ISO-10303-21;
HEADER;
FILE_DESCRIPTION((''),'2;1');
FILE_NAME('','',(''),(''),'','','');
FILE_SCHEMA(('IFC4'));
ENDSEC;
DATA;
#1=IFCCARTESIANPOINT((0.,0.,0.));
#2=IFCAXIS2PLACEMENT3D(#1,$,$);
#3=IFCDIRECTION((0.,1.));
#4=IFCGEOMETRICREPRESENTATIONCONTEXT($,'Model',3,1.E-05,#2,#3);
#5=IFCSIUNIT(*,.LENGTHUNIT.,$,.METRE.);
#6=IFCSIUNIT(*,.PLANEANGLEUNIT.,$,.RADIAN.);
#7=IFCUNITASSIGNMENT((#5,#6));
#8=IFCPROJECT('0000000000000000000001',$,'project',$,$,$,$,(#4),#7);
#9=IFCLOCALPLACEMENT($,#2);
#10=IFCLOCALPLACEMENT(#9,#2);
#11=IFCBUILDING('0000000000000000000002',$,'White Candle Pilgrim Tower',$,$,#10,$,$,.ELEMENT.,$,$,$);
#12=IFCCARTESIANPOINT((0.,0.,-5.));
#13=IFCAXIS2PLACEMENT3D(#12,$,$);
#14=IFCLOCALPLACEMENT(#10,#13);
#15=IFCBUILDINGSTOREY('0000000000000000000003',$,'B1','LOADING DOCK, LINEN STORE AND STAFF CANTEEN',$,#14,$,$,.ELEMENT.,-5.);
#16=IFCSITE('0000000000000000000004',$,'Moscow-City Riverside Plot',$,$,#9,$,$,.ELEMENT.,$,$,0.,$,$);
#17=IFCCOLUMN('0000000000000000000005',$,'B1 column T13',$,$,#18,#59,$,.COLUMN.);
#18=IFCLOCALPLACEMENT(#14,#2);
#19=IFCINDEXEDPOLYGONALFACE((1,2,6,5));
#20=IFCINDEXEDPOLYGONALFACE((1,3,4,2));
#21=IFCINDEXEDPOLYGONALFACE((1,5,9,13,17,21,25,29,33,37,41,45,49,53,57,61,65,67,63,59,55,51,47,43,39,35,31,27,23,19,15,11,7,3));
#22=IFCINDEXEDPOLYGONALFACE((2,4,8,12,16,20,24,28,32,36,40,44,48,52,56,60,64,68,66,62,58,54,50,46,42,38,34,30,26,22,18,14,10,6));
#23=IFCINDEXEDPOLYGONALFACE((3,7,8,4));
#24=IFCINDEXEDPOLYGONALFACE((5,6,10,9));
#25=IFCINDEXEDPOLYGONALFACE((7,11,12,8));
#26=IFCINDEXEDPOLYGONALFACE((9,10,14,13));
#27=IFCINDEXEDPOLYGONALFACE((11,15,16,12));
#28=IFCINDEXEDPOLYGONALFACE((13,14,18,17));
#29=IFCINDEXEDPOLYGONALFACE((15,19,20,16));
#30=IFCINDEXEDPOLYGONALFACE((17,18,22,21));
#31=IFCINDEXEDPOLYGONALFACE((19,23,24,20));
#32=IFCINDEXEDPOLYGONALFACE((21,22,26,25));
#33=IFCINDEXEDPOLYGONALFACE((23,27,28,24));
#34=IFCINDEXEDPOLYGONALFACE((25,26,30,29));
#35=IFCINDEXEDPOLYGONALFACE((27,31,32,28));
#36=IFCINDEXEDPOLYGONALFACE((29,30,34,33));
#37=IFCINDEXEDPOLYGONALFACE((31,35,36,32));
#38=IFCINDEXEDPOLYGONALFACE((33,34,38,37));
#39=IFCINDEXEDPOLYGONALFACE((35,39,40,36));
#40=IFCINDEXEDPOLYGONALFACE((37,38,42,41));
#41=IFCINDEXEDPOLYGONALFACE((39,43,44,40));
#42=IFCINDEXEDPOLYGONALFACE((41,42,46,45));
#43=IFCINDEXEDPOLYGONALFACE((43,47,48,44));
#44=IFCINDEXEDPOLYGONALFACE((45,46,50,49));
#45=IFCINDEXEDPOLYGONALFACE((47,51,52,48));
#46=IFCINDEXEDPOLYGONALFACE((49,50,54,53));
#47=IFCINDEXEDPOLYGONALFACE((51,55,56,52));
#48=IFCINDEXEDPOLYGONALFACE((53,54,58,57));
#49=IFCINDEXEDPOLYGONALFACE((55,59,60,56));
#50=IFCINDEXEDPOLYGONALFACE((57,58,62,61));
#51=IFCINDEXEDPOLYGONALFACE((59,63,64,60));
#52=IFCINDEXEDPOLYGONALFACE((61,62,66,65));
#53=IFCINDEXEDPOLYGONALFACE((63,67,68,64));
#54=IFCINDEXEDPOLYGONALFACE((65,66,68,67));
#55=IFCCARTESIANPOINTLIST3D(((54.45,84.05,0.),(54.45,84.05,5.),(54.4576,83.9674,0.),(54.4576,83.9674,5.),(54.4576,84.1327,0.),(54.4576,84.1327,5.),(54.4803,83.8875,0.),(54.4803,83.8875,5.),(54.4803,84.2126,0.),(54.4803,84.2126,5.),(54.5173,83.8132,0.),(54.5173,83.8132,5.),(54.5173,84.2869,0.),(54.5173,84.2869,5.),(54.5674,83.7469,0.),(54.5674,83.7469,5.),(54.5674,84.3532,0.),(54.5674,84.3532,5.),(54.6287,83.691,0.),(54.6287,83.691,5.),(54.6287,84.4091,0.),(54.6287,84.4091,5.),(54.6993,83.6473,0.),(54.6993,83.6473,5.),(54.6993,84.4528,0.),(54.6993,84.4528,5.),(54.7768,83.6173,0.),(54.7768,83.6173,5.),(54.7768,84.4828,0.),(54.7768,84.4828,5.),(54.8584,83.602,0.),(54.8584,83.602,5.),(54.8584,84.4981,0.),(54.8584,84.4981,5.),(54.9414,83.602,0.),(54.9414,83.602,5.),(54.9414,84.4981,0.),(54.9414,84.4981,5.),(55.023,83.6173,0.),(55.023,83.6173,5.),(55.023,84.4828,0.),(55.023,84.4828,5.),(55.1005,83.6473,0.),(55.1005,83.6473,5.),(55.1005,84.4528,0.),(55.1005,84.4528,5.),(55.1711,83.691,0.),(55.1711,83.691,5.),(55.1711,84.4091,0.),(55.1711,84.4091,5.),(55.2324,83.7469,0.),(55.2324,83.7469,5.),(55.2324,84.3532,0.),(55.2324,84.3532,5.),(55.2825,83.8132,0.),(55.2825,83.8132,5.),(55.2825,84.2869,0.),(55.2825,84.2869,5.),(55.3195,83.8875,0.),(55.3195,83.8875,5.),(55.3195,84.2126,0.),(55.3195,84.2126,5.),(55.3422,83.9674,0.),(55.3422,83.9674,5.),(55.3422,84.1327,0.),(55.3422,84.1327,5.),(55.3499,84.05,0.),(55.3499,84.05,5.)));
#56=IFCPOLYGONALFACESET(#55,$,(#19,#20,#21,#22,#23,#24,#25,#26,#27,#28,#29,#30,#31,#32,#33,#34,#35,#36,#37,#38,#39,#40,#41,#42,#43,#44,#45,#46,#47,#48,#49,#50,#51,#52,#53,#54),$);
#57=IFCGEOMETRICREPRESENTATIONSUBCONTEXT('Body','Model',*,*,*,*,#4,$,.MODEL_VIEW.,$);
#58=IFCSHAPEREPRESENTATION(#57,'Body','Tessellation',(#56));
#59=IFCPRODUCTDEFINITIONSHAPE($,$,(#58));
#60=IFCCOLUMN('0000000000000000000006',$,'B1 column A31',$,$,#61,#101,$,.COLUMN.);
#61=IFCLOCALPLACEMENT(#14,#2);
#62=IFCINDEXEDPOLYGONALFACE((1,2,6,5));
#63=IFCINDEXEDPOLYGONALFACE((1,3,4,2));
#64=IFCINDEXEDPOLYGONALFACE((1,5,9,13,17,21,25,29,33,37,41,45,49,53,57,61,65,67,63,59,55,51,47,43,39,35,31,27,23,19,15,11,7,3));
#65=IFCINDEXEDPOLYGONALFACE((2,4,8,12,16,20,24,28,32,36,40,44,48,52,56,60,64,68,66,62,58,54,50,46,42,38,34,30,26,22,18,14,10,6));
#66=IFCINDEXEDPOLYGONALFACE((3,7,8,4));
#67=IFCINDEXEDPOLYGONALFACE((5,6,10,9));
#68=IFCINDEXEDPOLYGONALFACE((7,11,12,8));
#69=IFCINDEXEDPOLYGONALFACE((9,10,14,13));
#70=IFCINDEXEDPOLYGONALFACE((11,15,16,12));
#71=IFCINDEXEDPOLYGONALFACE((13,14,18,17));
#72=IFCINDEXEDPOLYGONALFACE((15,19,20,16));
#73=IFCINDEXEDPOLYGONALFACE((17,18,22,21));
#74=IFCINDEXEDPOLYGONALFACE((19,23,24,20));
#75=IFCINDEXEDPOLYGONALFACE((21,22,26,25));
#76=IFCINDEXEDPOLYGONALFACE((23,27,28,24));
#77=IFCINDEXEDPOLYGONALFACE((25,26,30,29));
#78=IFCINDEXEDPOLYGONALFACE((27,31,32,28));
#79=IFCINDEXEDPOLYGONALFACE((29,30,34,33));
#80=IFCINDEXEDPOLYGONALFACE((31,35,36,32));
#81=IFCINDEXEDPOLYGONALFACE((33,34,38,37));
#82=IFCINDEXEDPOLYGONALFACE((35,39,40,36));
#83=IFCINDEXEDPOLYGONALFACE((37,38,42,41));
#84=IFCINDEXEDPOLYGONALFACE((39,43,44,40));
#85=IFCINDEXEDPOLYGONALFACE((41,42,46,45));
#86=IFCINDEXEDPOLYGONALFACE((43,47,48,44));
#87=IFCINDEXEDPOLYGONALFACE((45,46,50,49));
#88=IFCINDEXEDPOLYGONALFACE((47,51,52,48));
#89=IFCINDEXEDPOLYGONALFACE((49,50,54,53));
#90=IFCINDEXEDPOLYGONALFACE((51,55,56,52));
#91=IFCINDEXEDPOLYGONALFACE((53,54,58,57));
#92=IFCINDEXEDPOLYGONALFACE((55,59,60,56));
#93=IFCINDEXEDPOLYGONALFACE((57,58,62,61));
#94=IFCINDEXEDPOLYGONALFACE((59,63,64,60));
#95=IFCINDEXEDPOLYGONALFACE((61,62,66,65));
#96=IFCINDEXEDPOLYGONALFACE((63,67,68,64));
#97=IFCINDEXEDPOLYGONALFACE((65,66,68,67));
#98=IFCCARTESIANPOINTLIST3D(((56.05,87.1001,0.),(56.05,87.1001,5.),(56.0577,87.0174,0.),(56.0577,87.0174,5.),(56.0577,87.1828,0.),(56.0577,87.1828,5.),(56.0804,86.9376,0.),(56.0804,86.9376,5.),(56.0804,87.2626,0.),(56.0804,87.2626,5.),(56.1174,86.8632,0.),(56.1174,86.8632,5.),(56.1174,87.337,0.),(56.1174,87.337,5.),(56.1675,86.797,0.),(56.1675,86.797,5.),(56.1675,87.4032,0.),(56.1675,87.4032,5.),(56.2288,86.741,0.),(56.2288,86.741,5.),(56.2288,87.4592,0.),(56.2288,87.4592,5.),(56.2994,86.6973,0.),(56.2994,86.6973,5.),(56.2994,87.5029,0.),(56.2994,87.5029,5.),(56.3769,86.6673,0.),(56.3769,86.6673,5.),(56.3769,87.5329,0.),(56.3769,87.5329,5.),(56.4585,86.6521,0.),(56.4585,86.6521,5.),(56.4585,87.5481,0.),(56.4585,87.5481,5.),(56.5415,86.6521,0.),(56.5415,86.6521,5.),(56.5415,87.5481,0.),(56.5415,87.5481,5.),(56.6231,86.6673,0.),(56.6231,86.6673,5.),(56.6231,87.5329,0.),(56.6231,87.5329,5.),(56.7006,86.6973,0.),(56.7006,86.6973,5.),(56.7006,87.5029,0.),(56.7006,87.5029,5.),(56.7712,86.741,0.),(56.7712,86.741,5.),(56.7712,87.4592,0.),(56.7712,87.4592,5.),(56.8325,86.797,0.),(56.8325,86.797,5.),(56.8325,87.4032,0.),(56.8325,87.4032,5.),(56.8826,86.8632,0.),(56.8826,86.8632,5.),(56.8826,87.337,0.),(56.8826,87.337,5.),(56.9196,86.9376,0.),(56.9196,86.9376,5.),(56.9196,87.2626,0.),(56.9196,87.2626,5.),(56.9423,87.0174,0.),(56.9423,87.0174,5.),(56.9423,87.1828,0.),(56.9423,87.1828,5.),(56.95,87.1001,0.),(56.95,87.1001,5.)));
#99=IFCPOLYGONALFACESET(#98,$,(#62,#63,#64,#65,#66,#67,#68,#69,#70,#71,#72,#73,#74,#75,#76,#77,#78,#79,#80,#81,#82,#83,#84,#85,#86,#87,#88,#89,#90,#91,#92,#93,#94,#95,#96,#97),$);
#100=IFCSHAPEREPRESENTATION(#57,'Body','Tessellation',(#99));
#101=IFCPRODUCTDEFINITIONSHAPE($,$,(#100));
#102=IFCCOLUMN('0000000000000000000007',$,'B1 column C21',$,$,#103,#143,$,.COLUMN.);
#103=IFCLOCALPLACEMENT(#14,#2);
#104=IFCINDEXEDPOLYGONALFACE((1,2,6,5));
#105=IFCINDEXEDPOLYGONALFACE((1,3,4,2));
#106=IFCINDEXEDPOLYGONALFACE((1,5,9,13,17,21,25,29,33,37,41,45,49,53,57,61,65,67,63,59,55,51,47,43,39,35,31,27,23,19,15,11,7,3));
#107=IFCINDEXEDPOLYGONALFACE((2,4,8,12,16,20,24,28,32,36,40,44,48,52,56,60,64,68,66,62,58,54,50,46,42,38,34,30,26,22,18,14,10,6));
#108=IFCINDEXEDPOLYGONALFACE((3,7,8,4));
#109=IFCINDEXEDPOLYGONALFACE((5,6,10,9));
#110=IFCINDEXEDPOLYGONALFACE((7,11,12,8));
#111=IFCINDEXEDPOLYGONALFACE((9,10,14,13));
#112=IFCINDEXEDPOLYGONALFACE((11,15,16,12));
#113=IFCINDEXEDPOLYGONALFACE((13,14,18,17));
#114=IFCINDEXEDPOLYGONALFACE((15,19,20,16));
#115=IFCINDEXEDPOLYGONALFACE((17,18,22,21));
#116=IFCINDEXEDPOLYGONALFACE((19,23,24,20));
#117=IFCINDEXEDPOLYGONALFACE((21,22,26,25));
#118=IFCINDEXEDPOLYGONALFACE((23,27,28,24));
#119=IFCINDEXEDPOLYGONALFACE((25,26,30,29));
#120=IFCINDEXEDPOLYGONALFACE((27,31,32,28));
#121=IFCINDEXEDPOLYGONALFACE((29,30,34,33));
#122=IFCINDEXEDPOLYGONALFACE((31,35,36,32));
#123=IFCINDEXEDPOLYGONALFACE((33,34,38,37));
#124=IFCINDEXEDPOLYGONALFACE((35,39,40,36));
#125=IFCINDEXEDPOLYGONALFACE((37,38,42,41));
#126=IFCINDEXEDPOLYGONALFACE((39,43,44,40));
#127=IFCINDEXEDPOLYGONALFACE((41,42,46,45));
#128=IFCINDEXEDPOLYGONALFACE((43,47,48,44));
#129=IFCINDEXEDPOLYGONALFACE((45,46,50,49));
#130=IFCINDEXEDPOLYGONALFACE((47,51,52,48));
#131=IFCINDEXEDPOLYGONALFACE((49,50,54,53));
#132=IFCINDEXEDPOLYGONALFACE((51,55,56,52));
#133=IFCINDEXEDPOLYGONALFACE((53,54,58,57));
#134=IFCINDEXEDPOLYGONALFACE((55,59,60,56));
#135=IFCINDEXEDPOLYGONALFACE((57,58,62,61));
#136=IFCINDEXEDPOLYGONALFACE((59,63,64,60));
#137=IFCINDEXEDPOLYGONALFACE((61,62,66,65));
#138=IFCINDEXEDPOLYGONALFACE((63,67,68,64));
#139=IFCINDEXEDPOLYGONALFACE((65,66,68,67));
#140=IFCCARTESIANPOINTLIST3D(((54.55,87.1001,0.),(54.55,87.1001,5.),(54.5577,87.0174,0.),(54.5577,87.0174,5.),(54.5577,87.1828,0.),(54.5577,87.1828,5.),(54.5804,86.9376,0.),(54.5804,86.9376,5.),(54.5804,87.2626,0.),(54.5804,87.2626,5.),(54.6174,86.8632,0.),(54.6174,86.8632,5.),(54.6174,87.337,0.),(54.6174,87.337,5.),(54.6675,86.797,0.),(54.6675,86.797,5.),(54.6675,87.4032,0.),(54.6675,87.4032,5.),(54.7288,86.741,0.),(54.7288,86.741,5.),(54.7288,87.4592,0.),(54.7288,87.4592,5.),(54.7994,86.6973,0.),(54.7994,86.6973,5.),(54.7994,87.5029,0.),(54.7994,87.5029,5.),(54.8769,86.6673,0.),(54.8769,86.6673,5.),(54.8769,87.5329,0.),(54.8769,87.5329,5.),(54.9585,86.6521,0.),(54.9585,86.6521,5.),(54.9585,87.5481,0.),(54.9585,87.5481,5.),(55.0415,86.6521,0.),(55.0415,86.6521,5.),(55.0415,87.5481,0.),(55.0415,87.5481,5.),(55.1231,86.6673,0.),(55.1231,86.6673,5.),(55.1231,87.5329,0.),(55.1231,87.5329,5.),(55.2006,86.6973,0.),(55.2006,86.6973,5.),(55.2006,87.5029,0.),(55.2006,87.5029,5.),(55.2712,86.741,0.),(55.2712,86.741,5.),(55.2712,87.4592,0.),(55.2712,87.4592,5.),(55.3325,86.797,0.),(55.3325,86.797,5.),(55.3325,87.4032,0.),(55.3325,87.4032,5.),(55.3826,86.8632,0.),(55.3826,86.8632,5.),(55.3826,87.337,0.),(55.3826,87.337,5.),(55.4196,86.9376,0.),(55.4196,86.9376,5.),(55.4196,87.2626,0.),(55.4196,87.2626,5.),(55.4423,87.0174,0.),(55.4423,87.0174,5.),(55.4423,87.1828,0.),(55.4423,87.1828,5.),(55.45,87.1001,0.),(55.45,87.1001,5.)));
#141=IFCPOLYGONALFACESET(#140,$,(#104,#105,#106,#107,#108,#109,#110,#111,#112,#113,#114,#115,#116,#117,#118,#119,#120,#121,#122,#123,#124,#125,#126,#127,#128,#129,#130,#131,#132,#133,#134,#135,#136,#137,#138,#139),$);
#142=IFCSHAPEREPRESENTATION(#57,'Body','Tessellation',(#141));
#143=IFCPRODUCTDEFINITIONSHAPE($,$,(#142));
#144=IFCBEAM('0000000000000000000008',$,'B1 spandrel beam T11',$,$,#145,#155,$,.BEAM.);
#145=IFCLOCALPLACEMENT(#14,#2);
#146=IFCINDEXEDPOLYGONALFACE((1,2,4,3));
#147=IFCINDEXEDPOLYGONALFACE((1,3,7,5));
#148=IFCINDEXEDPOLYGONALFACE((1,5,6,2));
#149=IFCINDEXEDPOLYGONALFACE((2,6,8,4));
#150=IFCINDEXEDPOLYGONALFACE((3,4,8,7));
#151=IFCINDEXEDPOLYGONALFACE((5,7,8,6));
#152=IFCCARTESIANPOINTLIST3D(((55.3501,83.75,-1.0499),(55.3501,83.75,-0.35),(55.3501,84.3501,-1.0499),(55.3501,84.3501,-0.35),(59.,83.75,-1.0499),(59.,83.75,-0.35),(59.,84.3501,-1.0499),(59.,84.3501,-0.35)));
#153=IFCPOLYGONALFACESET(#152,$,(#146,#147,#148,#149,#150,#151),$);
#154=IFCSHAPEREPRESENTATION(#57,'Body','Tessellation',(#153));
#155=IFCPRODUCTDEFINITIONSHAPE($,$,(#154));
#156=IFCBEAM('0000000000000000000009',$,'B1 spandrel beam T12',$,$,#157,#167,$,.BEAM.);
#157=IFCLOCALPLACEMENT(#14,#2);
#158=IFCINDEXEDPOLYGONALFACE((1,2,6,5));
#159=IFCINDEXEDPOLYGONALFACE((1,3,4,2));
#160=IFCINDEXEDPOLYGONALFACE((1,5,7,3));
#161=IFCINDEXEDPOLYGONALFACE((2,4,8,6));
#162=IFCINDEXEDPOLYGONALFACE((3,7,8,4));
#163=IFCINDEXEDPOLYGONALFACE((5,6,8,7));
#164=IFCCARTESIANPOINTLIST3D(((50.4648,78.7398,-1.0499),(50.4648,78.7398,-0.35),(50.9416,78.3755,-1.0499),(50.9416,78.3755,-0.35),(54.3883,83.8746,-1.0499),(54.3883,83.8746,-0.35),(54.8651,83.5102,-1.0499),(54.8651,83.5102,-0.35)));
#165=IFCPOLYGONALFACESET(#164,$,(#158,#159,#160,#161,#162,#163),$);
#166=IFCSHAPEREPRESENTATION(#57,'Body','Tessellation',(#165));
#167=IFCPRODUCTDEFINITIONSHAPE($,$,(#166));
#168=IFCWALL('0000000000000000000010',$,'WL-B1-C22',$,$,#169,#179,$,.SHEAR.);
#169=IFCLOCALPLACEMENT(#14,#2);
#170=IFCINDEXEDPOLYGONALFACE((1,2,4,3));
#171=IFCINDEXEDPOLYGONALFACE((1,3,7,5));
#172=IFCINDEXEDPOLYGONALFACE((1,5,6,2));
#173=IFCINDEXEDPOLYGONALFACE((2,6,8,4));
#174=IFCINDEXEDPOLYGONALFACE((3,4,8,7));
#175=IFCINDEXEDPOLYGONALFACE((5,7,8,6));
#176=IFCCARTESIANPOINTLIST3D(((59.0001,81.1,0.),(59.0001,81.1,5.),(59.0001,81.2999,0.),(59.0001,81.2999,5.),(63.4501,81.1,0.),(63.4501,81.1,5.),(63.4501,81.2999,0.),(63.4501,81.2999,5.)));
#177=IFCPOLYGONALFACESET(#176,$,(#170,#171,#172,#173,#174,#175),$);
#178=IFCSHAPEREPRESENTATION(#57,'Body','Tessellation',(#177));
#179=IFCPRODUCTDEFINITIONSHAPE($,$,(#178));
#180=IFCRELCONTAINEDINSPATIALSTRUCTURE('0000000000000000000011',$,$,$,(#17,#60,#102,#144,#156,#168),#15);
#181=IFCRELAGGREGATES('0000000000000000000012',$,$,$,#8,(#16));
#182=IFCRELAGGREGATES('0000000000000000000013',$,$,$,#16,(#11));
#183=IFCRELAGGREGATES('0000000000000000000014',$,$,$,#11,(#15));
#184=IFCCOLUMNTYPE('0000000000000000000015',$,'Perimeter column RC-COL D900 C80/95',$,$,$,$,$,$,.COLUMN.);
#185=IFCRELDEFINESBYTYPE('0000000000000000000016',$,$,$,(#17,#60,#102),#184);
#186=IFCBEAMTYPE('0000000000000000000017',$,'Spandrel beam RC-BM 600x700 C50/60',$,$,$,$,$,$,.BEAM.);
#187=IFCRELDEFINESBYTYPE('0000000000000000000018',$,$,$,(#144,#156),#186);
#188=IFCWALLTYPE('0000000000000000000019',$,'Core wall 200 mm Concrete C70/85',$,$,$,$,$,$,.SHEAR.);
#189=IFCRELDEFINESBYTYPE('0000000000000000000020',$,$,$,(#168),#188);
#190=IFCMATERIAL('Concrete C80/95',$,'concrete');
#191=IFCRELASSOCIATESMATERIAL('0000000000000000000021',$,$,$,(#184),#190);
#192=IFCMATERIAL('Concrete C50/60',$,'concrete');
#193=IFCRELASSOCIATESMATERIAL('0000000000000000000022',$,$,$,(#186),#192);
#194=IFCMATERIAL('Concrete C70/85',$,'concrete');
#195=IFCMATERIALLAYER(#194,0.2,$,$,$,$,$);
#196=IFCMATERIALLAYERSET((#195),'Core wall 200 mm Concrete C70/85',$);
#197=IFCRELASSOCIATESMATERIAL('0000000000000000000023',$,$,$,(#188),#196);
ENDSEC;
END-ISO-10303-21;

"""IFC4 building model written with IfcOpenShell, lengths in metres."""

from ifc_helpers import new_model, si_unit, direction, frame, frame_2d, origin, origin_2d, place, context, subcontext, project, spatial, rectangle, circle, extrude, material, layer, layer_set, material_profile, profile_set, type_object, element, save


model = new_model("IFC4")

# Units and contexts
model_context = context("Model", 3, precision=1e-05, world=origin(), true_north=direction((0.0, 1.0)))
body_context = subcontext(model_context, "Body", "Model", "MODEL_VIEW")
ifc_project = project(units=[si_unit("LENGTHUNIT", "METRE"), si_unit("PLANEANGLEUNIT", "RADIAN")], contexts=[model_context])

# Site, building, storey
site_placement = place(None, origin())
site = spatial("IfcSite", under=ifc_project, at=site_placement, Name="Moscow-City Riverside Plot", CompositionType="ELEMENT", RefElevation=0.0)
building_placement = place(site_placement, origin())
building = spatial("IfcBuilding", under=site, at=building_placement, Name="White Candle Pilgrim Tower", CompositionType="ELEMENT")
storey_placement = place(building_placement, frame((0.0, 0.0, -5.0)))
storey = spatial("IfcBuildingStorey", under=building, at=storey_placement, Name="B1", Description="LOADING DOCK, LINEN STORE AND STAFF CANTEEN", CompositionType="ELEMENT", Elevation=-5.0)

# Columns
ifc_material_1 = material(Name="Concrete C80/95", Category="concrete")
ifc_material_profile_1 = material_profile(ifc_material_1, circle(Radius=0.45, at=origin_2d()), Name="RC-COL D900")
ifc_profile_set_1 = profile_set([ifc_material_profile_1], Name="Concrete C80/95")
column_type = type_object("IfcColumnType", Name="Perimeter column RC-COL D900 C80/95", PredefinedType="COLUMN", material=ifc_profile_set_1)
for number, where, z_axis, x_axis, name in (
    (1, (54.8999, 84.05, 0.0), (0.0, 0.0, 1.0), (1.0, 0.0, 0.0), "B1 column T13"),
    (2, (56.5, 87.1001, 0.0), (0.0, 0.0, 1.0), (1.0, 0.0, 0.0), "B1 column A31"),
    (3, (55.0, 87.1001, 0.0), (0.0, 0.0, 1.0), (1.0, 0.0, 0.0), "B1 column C21"),
):
    element("IfcColumn", number, at=place(storey_placement, frame(where, z_axis=z_axis, x_axis=x_axis)), inside=storey, type_object=column_type, Name=name, PredefinedType="COLUMN", context=body_context, shape_type="SweptSolid", body=[
        extrude(circle(Radius=0.45, at=origin_2d()), origin(), (0.0, 0.0, 1.0), 5.0),
    ])

# Beams
ifc_material_2 = material(Name="Concrete C50/60", Category="concrete")
ifc_material_profile_2 = material_profile(ifc_material_2, rectangle(XDim=0.6001, YDim=0.7, at=origin_2d()), Name="RC-BM 600x700")
ifc_profile_set_2 = profile_set([ifc_material_profile_2], Name="Concrete C50/60")
beam_type = type_object("IfcBeamType", Name="Spandrel beam RC-BM 600x700 C50/60", PredefinedType="BEAM", material=ifc_profile_set_2)
beam_1_placement = place(storey_placement, frame((55.3501, 84.05, -0.7), z_axis=(1.0, 0.0, 0.0), x_axis=(0.0, 1.0, 0.0)))
element("IfcBeam", 4, at=beam_1_placement, inside=storey, type_object=beam_type, Name="B1 spandrel beam T11", PredefinedType="BEAM", context=body_context, shape_type="SweptSolid", body=[
    extrude(rectangle(XDim=0.6001, YDim=0.7, at=origin_2d()), origin(), (0.0, 0.0, 1.0), 3.6499),
])
beam_2_placement = place(storey_placement, frame((54.6267, 83.6924, -0.7), z_axis=(-0.607157, -0.794582, 0.0), x_axis=(0.794582, -0.607157, 0.0)))
element("IfcBeam", 5, at=beam_2_placement, inside=storey, type_object=beam_type, Name="B1 spandrel beam T12", PredefinedType="BEAM", context=body_context, shape_type="SweptSolid", body=[
    extrude(rectangle(XDim=0.6001, YDim=0.7, at=origin_2d()), origin(), (0.0, 0.0, 1.0), 6.4622),
])

# Wall
ifc_material_3 = material(Name="Concrete C70/85", Category="concrete")
ifc_layer_1 = layer(ifc_material_3, 0.2)
ifc_layer_set_1 = layer_set([ifc_layer_1], Name="Core wall 200 mm Concrete C70/85")
wall_type_1 = type_object("IfcWallType", Name="Core wall 200 mm Concrete C70/85", PredefinedType="SHEAR", material=ifc_layer_set_1)
wall_1_placement = place(storey_placement, frame((59.0, 81.2, 0.0), z_axis=(0.0, 0.0, 1.0), x_axis=(1.0, 0.0, 0.0)))
element("IfcWall", 6, at=wall_1_placement, inside=storey, type_object=wall_type_1, Name="WL-B1-C22", PredefinedType="SHEAR", context=body_context, shape_type="SweptSolid", body=[
    extrude(rectangle(XDim=4.45, YDim=0.2, at=frame_2d((2.2251, 0.0))), origin(), (0.0, 0.0, 1.0), 5.0),
])

save(model, "model.ifc")
